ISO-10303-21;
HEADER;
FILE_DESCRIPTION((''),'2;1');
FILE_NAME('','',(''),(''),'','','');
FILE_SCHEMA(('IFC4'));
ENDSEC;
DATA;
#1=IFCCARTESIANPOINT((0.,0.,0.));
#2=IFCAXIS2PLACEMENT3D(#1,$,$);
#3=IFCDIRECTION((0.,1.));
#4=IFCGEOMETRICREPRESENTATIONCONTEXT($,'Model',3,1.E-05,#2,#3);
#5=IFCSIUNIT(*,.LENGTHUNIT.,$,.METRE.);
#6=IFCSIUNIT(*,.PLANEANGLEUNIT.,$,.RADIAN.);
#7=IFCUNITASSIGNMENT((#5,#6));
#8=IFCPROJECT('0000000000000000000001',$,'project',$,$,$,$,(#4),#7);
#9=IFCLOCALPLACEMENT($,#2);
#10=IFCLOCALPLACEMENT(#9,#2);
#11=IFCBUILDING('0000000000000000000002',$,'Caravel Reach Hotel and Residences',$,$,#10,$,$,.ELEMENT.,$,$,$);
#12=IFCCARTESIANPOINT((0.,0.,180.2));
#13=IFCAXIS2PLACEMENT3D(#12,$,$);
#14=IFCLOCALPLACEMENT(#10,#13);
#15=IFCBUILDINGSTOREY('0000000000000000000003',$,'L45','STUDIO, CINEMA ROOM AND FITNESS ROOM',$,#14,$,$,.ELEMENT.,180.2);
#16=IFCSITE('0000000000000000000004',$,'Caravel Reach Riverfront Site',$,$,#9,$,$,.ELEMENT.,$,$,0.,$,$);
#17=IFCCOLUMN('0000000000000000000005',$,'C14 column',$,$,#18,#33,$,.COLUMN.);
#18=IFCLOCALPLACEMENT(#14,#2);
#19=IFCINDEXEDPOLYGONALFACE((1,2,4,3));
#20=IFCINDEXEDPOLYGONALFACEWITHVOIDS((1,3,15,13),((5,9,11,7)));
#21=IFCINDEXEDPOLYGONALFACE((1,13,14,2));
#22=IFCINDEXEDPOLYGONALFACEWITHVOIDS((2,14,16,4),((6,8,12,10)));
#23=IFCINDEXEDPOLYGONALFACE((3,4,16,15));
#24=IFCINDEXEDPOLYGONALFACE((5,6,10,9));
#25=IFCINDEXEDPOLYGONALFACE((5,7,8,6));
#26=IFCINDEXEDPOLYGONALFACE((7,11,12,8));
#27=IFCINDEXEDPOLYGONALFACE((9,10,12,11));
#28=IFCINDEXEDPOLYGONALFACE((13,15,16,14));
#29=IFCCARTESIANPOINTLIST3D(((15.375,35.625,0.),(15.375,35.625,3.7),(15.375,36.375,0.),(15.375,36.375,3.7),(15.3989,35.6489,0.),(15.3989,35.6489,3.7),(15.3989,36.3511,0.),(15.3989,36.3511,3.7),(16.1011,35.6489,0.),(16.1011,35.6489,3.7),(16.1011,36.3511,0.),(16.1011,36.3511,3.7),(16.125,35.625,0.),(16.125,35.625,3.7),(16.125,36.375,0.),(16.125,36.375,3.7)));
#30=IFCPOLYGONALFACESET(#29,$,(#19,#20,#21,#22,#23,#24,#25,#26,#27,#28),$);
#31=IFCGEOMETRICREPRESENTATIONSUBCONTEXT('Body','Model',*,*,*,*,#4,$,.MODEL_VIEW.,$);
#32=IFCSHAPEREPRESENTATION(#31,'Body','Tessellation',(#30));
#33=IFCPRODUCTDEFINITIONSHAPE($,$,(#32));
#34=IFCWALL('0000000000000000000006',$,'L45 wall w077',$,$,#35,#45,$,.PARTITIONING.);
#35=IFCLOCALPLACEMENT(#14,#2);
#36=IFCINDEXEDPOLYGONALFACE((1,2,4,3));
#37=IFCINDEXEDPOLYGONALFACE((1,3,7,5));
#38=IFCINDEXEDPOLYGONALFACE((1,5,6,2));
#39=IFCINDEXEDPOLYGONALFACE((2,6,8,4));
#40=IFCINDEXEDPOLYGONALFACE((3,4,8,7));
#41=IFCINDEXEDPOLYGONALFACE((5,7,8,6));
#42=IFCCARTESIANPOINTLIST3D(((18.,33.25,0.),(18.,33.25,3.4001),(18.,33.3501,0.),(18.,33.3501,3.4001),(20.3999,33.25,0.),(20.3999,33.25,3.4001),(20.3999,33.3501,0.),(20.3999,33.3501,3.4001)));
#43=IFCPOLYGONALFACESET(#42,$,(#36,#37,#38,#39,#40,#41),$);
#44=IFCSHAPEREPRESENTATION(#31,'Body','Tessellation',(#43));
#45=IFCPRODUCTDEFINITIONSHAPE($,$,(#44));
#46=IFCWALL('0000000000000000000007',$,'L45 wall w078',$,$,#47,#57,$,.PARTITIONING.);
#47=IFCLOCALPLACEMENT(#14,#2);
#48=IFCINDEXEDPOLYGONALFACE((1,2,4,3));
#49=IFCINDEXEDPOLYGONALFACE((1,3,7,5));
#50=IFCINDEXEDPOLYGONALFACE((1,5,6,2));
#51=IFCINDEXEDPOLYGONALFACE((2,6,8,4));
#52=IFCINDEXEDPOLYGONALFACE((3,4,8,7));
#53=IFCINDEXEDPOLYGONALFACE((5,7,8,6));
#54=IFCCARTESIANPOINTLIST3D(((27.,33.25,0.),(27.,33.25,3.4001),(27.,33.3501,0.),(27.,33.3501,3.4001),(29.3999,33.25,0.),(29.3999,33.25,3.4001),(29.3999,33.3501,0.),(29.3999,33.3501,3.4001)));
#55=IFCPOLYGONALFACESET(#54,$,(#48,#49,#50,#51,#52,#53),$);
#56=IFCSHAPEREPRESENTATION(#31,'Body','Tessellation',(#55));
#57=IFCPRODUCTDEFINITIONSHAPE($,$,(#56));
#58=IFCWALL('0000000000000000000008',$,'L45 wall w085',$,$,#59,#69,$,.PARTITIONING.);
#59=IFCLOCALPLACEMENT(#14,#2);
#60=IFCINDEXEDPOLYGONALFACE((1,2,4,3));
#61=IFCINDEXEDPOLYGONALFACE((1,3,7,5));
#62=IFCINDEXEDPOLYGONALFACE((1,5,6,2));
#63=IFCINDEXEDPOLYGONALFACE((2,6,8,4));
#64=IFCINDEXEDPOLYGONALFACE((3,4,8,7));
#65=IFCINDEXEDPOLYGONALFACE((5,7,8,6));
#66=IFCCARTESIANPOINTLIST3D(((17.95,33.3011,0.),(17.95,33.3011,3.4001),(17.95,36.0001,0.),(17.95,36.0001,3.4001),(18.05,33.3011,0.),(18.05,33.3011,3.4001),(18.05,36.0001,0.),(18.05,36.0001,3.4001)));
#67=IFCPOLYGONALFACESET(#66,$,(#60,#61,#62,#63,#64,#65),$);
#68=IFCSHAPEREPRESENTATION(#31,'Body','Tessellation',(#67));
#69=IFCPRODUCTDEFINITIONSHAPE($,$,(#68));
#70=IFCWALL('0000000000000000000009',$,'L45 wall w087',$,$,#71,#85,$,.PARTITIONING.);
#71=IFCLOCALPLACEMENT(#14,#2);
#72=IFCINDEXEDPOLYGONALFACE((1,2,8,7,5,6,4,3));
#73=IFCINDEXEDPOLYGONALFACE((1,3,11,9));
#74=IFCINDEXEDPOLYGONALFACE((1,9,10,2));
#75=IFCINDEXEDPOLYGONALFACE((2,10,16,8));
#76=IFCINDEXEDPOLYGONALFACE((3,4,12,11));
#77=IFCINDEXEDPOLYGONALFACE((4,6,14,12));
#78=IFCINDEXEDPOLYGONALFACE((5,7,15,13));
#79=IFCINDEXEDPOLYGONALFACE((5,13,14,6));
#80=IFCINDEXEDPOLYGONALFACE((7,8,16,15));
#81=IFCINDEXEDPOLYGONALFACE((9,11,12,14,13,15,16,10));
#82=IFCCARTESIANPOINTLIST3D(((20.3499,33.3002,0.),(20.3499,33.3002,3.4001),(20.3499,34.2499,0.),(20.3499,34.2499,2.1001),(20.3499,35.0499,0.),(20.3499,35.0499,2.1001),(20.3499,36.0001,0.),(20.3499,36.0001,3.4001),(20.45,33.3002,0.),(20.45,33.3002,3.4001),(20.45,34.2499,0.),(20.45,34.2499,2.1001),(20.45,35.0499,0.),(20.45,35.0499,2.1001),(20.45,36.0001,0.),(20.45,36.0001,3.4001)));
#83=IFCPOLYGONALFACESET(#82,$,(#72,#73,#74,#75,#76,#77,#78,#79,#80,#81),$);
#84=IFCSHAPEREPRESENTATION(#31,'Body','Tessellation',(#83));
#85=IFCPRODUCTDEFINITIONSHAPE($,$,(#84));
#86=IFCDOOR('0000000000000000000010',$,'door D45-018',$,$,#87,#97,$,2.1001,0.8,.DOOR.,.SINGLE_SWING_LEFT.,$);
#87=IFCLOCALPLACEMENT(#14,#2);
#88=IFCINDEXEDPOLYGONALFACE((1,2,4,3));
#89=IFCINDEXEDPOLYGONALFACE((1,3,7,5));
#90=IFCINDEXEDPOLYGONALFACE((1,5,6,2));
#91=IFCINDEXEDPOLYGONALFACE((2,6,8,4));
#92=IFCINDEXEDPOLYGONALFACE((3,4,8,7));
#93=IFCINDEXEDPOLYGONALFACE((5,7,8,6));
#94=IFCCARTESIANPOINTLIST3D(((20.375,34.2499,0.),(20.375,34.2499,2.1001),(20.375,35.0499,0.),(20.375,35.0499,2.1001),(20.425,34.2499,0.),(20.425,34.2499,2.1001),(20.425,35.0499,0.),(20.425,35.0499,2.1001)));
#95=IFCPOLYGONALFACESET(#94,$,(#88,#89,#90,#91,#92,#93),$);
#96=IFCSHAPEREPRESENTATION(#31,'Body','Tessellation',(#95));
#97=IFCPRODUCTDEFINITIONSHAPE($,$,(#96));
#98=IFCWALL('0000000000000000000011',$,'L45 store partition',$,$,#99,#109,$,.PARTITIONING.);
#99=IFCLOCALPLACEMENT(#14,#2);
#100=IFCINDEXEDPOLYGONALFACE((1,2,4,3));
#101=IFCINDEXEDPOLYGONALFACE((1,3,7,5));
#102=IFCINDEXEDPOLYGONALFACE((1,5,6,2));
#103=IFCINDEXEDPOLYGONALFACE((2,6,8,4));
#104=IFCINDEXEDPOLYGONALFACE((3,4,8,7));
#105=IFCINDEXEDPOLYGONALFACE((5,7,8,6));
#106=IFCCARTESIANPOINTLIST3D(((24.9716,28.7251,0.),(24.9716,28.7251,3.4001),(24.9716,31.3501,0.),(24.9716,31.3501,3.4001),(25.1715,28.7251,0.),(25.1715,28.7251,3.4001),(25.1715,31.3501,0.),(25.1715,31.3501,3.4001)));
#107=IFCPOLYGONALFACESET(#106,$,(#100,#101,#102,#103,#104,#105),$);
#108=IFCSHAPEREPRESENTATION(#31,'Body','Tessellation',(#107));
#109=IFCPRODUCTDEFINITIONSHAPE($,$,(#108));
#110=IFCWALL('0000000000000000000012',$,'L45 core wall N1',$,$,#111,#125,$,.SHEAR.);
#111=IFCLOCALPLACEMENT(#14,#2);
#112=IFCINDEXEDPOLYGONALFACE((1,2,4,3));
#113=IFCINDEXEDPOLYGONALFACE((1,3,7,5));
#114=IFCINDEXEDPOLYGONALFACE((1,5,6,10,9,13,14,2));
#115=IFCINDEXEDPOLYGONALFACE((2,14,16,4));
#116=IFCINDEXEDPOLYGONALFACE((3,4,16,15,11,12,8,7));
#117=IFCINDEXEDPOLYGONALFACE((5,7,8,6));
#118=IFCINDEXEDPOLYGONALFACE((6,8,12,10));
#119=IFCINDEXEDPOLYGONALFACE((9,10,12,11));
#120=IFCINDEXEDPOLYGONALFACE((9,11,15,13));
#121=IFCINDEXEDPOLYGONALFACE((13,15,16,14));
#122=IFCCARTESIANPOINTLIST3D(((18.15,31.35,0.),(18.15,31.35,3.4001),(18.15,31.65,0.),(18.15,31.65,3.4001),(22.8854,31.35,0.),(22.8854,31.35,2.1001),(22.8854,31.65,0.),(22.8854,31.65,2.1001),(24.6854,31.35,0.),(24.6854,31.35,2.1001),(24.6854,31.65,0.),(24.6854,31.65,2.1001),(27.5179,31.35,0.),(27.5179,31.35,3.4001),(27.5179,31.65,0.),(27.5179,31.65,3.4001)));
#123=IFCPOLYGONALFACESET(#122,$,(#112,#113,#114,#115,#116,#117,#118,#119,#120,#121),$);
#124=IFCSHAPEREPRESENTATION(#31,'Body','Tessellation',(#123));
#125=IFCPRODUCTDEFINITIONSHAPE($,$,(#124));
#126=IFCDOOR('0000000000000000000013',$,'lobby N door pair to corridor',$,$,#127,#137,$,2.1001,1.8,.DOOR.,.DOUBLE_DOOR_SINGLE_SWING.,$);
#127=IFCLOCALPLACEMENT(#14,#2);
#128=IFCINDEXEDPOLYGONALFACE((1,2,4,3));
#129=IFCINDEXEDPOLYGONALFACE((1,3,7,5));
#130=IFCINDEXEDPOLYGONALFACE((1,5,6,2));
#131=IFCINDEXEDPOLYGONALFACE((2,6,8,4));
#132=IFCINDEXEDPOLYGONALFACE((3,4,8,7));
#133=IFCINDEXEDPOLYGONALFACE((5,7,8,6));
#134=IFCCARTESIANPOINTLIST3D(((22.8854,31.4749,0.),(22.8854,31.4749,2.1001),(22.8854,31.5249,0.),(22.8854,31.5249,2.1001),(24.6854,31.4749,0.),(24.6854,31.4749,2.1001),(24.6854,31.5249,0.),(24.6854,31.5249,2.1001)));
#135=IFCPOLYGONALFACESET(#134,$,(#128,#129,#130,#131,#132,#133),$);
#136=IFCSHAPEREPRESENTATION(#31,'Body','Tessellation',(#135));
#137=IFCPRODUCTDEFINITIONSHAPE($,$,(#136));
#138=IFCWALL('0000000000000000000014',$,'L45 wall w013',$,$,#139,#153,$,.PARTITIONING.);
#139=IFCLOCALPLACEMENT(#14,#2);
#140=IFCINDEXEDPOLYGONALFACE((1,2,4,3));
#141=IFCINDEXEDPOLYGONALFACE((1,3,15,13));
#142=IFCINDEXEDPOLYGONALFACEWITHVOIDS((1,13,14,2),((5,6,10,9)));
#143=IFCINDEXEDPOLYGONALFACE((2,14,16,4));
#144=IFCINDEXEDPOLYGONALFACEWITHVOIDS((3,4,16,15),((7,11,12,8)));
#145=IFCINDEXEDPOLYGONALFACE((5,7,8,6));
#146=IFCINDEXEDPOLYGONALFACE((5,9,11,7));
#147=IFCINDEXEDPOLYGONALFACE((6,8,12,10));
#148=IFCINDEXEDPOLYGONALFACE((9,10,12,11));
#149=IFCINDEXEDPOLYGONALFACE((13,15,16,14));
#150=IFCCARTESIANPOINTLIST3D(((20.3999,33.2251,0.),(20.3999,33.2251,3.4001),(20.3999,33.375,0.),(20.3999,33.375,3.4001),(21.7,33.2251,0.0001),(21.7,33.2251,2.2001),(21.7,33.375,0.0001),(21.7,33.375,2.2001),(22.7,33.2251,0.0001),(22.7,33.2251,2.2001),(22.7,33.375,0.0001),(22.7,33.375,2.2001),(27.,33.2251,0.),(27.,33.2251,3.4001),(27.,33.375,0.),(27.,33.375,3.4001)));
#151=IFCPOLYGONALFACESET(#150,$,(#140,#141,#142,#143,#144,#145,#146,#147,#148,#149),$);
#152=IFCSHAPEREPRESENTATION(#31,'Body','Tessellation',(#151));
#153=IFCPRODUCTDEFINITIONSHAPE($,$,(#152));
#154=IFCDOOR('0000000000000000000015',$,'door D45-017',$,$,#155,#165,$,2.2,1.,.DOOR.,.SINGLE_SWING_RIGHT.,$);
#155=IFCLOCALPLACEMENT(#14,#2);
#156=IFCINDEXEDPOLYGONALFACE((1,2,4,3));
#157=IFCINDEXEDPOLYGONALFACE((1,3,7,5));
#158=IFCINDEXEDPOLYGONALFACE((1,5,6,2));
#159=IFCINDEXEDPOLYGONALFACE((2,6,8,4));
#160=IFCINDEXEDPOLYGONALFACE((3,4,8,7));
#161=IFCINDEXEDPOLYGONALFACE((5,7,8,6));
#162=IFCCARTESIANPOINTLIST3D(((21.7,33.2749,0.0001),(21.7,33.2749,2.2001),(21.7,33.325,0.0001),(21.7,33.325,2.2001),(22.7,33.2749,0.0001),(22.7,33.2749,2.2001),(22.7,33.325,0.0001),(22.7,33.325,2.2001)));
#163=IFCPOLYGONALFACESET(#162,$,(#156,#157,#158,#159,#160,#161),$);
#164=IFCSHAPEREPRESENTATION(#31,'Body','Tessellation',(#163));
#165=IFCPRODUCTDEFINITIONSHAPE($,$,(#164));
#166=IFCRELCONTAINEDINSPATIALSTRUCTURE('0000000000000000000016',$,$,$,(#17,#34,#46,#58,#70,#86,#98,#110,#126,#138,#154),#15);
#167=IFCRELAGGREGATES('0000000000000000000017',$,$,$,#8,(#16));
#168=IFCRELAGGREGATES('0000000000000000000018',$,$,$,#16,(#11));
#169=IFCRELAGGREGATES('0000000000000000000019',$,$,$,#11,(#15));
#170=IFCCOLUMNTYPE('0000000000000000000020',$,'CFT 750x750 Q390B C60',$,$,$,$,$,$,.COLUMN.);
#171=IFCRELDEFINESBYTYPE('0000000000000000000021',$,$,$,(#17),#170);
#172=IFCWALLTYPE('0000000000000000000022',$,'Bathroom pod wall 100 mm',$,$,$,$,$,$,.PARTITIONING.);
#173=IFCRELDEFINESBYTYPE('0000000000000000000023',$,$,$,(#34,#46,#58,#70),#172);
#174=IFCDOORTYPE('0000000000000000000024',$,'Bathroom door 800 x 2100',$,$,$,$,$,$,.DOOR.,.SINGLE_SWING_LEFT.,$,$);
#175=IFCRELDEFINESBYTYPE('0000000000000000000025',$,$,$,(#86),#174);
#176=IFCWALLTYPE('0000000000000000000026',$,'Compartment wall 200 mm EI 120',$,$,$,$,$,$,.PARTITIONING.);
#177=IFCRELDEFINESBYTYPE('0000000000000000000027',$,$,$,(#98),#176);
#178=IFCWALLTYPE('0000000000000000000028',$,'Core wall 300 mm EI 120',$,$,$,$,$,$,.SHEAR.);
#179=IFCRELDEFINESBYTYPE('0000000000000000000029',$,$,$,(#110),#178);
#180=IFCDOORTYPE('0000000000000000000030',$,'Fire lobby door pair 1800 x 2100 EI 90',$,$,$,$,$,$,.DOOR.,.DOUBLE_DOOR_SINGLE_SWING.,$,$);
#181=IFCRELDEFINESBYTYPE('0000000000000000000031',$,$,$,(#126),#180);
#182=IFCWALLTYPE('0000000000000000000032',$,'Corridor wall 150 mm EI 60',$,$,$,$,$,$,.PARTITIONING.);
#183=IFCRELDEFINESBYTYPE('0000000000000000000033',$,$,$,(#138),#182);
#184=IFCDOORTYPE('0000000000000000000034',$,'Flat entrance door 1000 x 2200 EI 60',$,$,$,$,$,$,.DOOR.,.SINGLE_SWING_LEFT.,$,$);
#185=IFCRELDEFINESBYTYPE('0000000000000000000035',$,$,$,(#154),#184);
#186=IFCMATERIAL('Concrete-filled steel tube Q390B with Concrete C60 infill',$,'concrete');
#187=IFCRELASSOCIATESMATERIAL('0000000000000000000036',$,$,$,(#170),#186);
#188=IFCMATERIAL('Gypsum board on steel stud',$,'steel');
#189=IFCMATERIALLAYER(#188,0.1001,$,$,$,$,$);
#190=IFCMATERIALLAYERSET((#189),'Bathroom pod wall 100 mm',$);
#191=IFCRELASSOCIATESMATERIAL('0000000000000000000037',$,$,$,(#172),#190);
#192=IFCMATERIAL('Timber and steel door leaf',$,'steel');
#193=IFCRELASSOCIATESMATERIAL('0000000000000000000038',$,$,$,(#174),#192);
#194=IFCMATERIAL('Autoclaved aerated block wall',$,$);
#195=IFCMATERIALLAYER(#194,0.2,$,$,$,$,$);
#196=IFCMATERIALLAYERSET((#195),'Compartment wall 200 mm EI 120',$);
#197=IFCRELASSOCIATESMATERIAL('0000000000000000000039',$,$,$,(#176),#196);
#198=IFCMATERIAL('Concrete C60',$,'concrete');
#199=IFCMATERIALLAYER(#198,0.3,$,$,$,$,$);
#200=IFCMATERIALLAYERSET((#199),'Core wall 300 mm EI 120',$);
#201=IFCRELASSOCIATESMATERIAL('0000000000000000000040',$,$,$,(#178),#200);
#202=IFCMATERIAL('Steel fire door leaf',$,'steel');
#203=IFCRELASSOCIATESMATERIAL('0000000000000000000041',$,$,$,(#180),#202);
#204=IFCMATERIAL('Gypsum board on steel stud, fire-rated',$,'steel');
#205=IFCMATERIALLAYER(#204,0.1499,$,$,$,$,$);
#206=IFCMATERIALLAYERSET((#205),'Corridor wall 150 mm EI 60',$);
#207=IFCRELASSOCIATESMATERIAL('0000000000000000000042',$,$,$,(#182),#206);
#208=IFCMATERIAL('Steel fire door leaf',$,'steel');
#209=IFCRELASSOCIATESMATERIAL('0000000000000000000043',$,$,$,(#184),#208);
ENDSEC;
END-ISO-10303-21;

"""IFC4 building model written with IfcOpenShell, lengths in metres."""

from ifc_helpers import new_model, si_unit, direction, frame, frame_2d, origin, origin_2d, place, context, subcontext, project, spatial, rectangle, hollow_rectangle, extrude, material, layer, layer_set, material_profile, profile_set, type_object, element, fill, save


model = new_model("IFC4")

# Units and contexts
model_context = context("Model", 3, precision=1e-05, world=origin(), true_north=direction((0.0, 1.0)))
body_context = subcontext(model_context, "Body", "Model", "MODEL_VIEW")
ifc_project = project(units=[si_unit("LENGTHUNIT", "METRE"), si_unit("PLANEANGLEUNIT", "RADIAN")], contexts=[model_context])

# Site, building, storey
site_placement = place(None, origin())
site = spatial("IfcSite", under=ifc_project, at=site_placement, Name="Caravel Reach Riverfront Site", CompositionType="ELEMENT", RefElevation=0.0)
building_placement = place(site_placement, origin())
building = spatial("IfcBuilding", under=site, at=building_placement, Name="Caravel Reach Hotel and Residences", CompositionType="ELEMENT")
storey_placement = place(building_placement, frame((0.0, 0.0, 180.2)))
storey = spatial("IfcBuildingStorey", under=building, at=storey_placement, Name="L45", Description="STUDIO, CINEMA ROOM AND FITNESS ROOM", CompositionType="ELEMENT", Elevation=180.2)

# Column
ifc_material_1 = material(Name="Concrete-filled steel tube Q390B with Concrete C60 infill", Category="concrete")
ifc_material_profile = material_profile(ifc_material_1, hollow_rectangle(XDim=0.75, YDim=0.75, WallThickness=0.0239, at=origin_2d()), Name="RHS 750x750x24")
ifc_profile_set = profile_set([ifc_material_profile], Name="Concrete-filled steel tube Q390B with Concrete C60 infill")
column_type = type_object("IfcColumnType", Name="CFT 750x750 Q390B C60", PredefinedType="COLUMN", material=ifc_profile_set)
column_placement = place(storey_placement, frame((15.75, 36.0, 0.0), z_axis=(0.0, 0.0, 1.0), x_axis=(1.0, 0.0, 0.0)))
element("IfcColumn", 1, at=column_placement, inside=storey, type_object=column_type, Name="C14 column", PredefinedType="COLUMN", context=body_context, shape_type="SweptSolid", body=[
    extrude(hollow_rectangle(XDim=0.75, YDim=0.75, WallThickness=0.0239, at=origin_2d()), origin(), (0.0, 0.0, 1.0), 3.7),
])

# Walls
ifc_material_2 = material(Name="Gypsum board on steel stud", Category="steel")
ifc_layer_1 = layer(ifc_material_2, 0.1001)
ifc_layer_set_1 = layer_set([ifc_layer_1], Name="Bathroom pod wall 100 mm")
wall_type_1 = type_object("IfcWallType", Name="Bathroom pod wall 100 mm", PredefinedType="PARTITIONING", material=ifc_layer_set_1)
for number, where, z_axis, x_axis, name in (
    (2, (18.0, 33.3, 0.0), (0.0, 0.0, 1.0), (1.0, 0.0, 0.0), "L45 wall w077"),
    (3, (27.0, 33.3, 0.0), (0.0, 0.0, 1.0), (1.0, 0.0, 0.0), "L45 wall w078"),
):
    element("IfcWall", number, at=place(storey_placement, frame(where, z_axis=z_axis, x_axis=x_axis)), inside=storey, type_object=wall_type_1, Name=name, PredefinedType="PARTITIONING", context=body_context, shape_type="SweptSolid", body=[
        extrude(rectangle(XDim=2.3999, YDim=0.1001, at=frame_2d((1.2, 0.0))), origin(), (0.0, 0.0, 1.0), 3.4001),
    ])
wall_1_placement = place(storey_placement, frame((18.0, 33.301, 0.0), z_axis=(0.0, 0.0, 1.0), x_axis=(0.0, 1.0, 0.0)))
element("IfcWall", 4, at=wall_1_placement, inside=storey, type_object=wall_type_1, Name="L45 wall w085", PredefinedType="PARTITIONING", context=body_context, shape_type="SweptSolid", body=[
    extrude(rectangle(XDim=2.699, YDim=0.1001, at=frame_2d((1.3496, 0.0))), origin(), (0.0, 0.0, 1.0), 3.4001),
])

# Wall, opening, door
wall_2_placement = place(storey_placement, frame((20.3999, 33.3, 0.0), z_axis=(0.0, 0.0, 1.0), x_axis=(0.0, 1.0, 0.0)))
wall_2 = element("IfcWall", 5, at=wall_2_placement, inside=storey, type_object=wall_type_1, Name="L45 wall w087", PredefinedType="PARTITIONING", context=body_context, shape_type="SweptSolid", body=[
    extrude(rectangle(XDim=2.7, YDim=0.1001, at=frame_2d((1.3501, 0.0))), origin(), (0.0, 0.0, 1.0), 3.4001),
])
opening_1_placement = place(wall_2_placement, frame((0.95, 0.0, 0.0)))
opening_1 = element("IfcOpeningElement", 6, at=opening_1_placement, cuts=wall_2, PredefinedType="OPENING", context=body_context, shape_type="SweptSolid", body=[
    extrude(rectangle(XDim=0.8, YDim=2.1001, at=frame_2d((0.3999, 1.05))), frame((0.0, 0.0601, 0.0), z_axis=(0.0, -1.0, 0.0), x_axis=(1.0, 0.0, 0.0)), (0.0, 0.0, 1.0), 0.1201),
])
ifc_material_3 = material(Name="Timber and steel door leaf", Category="steel")
door_type_1 = type_object("IfcDoorType", Name="Bathroom door 800 x 2100", OperationType="SINGLE_SWING_LEFT", PredefinedType="DOOR", material=ifc_material_3)
door_1_placement = place(opening_1_placement, origin())
door_1 = element("IfcDoor", 7, at=door_1_placement, inside=storey, type_object=door_type_1, Name="door D45-018", OperationType="SINGLE_SWING_LEFT", OverallHeight=2.1001, OverallWidth=0.8, PredefinedType="DOOR", context=body_context, shape_type="SweptSolid", body=[
    extrude(rectangle(XDim=0.8, YDim=2.1001, at=frame_2d((0.3999, 1.05))), frame((0.0, 0.0249, 0.0), z_axis=(0.0, -1.0, 0.0), x_axis=(1.0, 0.0, 0.0)), (0.0, 0.0, 1.0), 0.05),
])
fill(opening_1, door_1)

# Wall
ifc_material_4 = material(Name="Autoclaved aerated block wall")
ifc_layer_2 = layer(ifc_material_4, 0.2)
ifc_layer_set_2 = layer_set([ifc_layer_2], Name="Compartment wall 200 mm EI 120")
wall_type_2 = type_object("IfcWallType", Name="Compartment wall 200 mm EI 120", PredefinedType="PARTITIONING", material=ifc_layer_set_2)
wall_3_placement = place(storey_placement, frame((25.0715, 28.7251, 0.0), z_axis=(0.0, 0.0, 1.0), x_axis=(0.0, 1.0, 0.0)))
element("IfcWall", 8, at=wall_3_placement, inside=storey, type_object=wall_type_2, Name="L45 store partition", PredefinedType="PARTITIONING", context=body_context, shape_type="SweptSolid", body=[
    extrude(rectangle(XDim=2.625, YDim=0.2, at=frame_2d((1.3125, 0.0))), origin(), (0.0, 0.0, 1.0), 3.4001),
])

# Walls, openings, doors
ifc_material_5 = material(Name="Concrete C60", Category="concrete")
ifc_layer_3 = layer(ifc_material_5, 0.3)
ifc_layer_set_3 = layer_set([ifc_layer_3], Name="Core wall 300 mm EI 120")
wall_type_3 = type_object("IfcWallType", Name="Core wall 300 mm EI 120", PredefinedType="SHEAR", material=ifc_layer_set_3)
wall_4_placement = place(storey_placement, frame((18.1499, 31.5, 0.0), z_axis=(0.0, 0.0, 1.0), x_axis=(1.0, 0.0, 0.0)))
wall_4 = element("IfcWall", 9, at=wall_4_placement, inside=storey, type_object=wall_type_3, Name="L45 core wall N1", PredefinedType="SHEAR", context=body_context, shape_type="SweptSolid", body=[
    extrude(rectangle(XDim=9.3679, YDim=0.3, at=frame_2d((4.6841, 0.0))), origin(), (0.0, 0.0, 1.0), 3.4001),
])
opening_2_placement = place(wall_4_placement, frame((4.7356, 0.0, 0.0)))
opening_2 = element("IfcOpeningElement", 10, at=opening_2_placement, cuts=wall_4, PredefinedType="OPENING", context=body_context, shape_type="SweptSolid", body=[
    extrude(rectangle(XDim=1.8, YDim=2.1001, at=frame_2d((0.8999, 1.05))), frame((0.0, 0.1599, 0.0), z_axis=(0.0, -1.0, 0.0), x_axis=(1.0, 0.0, 0.0)), (0.0, 0.0, 1.0), 0.3201),
])
ifc_material_6 = material(Name="Steel fire door leaf", Category="steel")
door_type_2 = type_object("IfcDoorType", Name="Fire lobby door pair 1800 x 2100 EI 90", OperationType="DOUBLE_DOOR_SINGLE_SWING", PredefinedType="DOOR", material=ifc_material_6)
door_2_placement = place(opening_2_placement, origin())
door_2 = element("IfcDoor", 11, at=door_2_placement, inside=storey, type_object=door_type_2, Name="lobby N door pair to corridor", OperationType="DOUBLE_DOOR_SINGLE_SWING", OverallHeight=2.1001, OverallWidth=1.8, PredefinedType="DOOR", context=body_context, shape_type="SweptSolid", body=[
    extrude(rectangle(XDim=1.8, YDim=2.1001, at=frame_2d((0.8999, 1.05))), frame((0.0, 0.0249, 0.0), z_axis=(0.0, -1.0, 0.0), x_axis=(1.0, 0.0, 0.0)), (0.0, 0.0, 1.0), 0.05),
])
fill(opening_2, door_2)
ifc_material_7 = material(Name="Gypsum board on steel stud, fire-rated", Category="steel")
ifc_layer_4 = layer(ifc_material_7, 0.1499)
ifc_layer_set_4 = layer_set([ifc_layer_4], Name="Corridor wall 150 mm EI 60")
wall_type_4 = type_object("IfcWallType", Name="Corridor wall 150 mm EI 60", PredefinedType="PARTITIONING", material=ifc_layer_set_4)
wall_5_placement = place(storey_placement, frame((20.3999, 33.3, 0.0), z_axis=(0.0, 0.0, 1.0), x_axis=(1.0, 0.0, 0.0)))
wall_5 = element("IfcWall", 12, at=wall_5_placement, inside=storey, type_object=wall_type_4, Name="L45 wall w013", PredefinedType="PARTITIONING", context=body_context, shape_type="SweptSolid", body=[
    extrude(rectangle(XDim=6.6001, YDim=0.1499, at=frame_2d((3.3, 0.0))), origin(), (0.0, 0.0, 1.0), 3.4001),
])
opening_3_placement = place(wall_5_placement, frame((1.3, 0.0, 0.0)))
opening_3 = element("IfcOpeningElement", 13, at=opening_3_placement, cuts=wall_5, PredefinedType="OPENING", context=body_context, shape_type="SweptSolid", body=[
    extrude(rectangle(XDim=1.0, YDim=2.2, at=frame_2d((0.5, 1.1001))), frame((0.0, 0.085, 0.0), z_axis=(0.0, -1.0, 0.0), x_axis=(1.0, 0.0, 0.0)), (0.0, 0.0, 1.0), 0.1699),
])
ifc_material_8 = material(Name="Steel fire door leaf", Category="steel")
door_type_3 = type_object("IfcDoorType", Name="Flat entrance door 1000 x 2200 EI 60", OperationType="SINGLE_SWING_LEFT", PredefinedType="DOOR", material=ifc_material_8)
door_3_placement = place(opening_3_placement, origin())
door_3 = element("IfcDoor", 14, at=door_3_placement, inside=storey, type_object=door_type_3, Name="door D45-017", OperationType="SINGLE_SWING_RIGHT", OverallHeight=2.2, OverallWidth=1.0, PredefinedType="DOOR", context=body_context, shape_type="SweptSolid", body=[
    extrude(rectangle(XDim=1.0, YDim=2.2, at=frame_2d((0.5, 1.1001))), frame((0.0, 0.0249, 0.0), z_axis=(0.0, -1.0, 0.0), x_axis=(1.0, 0.0, 0.0)), (0.0, 0.0, 1.0), 0.05),
])
fill(opening_3, door_3)

save(model, "model.ifc")
